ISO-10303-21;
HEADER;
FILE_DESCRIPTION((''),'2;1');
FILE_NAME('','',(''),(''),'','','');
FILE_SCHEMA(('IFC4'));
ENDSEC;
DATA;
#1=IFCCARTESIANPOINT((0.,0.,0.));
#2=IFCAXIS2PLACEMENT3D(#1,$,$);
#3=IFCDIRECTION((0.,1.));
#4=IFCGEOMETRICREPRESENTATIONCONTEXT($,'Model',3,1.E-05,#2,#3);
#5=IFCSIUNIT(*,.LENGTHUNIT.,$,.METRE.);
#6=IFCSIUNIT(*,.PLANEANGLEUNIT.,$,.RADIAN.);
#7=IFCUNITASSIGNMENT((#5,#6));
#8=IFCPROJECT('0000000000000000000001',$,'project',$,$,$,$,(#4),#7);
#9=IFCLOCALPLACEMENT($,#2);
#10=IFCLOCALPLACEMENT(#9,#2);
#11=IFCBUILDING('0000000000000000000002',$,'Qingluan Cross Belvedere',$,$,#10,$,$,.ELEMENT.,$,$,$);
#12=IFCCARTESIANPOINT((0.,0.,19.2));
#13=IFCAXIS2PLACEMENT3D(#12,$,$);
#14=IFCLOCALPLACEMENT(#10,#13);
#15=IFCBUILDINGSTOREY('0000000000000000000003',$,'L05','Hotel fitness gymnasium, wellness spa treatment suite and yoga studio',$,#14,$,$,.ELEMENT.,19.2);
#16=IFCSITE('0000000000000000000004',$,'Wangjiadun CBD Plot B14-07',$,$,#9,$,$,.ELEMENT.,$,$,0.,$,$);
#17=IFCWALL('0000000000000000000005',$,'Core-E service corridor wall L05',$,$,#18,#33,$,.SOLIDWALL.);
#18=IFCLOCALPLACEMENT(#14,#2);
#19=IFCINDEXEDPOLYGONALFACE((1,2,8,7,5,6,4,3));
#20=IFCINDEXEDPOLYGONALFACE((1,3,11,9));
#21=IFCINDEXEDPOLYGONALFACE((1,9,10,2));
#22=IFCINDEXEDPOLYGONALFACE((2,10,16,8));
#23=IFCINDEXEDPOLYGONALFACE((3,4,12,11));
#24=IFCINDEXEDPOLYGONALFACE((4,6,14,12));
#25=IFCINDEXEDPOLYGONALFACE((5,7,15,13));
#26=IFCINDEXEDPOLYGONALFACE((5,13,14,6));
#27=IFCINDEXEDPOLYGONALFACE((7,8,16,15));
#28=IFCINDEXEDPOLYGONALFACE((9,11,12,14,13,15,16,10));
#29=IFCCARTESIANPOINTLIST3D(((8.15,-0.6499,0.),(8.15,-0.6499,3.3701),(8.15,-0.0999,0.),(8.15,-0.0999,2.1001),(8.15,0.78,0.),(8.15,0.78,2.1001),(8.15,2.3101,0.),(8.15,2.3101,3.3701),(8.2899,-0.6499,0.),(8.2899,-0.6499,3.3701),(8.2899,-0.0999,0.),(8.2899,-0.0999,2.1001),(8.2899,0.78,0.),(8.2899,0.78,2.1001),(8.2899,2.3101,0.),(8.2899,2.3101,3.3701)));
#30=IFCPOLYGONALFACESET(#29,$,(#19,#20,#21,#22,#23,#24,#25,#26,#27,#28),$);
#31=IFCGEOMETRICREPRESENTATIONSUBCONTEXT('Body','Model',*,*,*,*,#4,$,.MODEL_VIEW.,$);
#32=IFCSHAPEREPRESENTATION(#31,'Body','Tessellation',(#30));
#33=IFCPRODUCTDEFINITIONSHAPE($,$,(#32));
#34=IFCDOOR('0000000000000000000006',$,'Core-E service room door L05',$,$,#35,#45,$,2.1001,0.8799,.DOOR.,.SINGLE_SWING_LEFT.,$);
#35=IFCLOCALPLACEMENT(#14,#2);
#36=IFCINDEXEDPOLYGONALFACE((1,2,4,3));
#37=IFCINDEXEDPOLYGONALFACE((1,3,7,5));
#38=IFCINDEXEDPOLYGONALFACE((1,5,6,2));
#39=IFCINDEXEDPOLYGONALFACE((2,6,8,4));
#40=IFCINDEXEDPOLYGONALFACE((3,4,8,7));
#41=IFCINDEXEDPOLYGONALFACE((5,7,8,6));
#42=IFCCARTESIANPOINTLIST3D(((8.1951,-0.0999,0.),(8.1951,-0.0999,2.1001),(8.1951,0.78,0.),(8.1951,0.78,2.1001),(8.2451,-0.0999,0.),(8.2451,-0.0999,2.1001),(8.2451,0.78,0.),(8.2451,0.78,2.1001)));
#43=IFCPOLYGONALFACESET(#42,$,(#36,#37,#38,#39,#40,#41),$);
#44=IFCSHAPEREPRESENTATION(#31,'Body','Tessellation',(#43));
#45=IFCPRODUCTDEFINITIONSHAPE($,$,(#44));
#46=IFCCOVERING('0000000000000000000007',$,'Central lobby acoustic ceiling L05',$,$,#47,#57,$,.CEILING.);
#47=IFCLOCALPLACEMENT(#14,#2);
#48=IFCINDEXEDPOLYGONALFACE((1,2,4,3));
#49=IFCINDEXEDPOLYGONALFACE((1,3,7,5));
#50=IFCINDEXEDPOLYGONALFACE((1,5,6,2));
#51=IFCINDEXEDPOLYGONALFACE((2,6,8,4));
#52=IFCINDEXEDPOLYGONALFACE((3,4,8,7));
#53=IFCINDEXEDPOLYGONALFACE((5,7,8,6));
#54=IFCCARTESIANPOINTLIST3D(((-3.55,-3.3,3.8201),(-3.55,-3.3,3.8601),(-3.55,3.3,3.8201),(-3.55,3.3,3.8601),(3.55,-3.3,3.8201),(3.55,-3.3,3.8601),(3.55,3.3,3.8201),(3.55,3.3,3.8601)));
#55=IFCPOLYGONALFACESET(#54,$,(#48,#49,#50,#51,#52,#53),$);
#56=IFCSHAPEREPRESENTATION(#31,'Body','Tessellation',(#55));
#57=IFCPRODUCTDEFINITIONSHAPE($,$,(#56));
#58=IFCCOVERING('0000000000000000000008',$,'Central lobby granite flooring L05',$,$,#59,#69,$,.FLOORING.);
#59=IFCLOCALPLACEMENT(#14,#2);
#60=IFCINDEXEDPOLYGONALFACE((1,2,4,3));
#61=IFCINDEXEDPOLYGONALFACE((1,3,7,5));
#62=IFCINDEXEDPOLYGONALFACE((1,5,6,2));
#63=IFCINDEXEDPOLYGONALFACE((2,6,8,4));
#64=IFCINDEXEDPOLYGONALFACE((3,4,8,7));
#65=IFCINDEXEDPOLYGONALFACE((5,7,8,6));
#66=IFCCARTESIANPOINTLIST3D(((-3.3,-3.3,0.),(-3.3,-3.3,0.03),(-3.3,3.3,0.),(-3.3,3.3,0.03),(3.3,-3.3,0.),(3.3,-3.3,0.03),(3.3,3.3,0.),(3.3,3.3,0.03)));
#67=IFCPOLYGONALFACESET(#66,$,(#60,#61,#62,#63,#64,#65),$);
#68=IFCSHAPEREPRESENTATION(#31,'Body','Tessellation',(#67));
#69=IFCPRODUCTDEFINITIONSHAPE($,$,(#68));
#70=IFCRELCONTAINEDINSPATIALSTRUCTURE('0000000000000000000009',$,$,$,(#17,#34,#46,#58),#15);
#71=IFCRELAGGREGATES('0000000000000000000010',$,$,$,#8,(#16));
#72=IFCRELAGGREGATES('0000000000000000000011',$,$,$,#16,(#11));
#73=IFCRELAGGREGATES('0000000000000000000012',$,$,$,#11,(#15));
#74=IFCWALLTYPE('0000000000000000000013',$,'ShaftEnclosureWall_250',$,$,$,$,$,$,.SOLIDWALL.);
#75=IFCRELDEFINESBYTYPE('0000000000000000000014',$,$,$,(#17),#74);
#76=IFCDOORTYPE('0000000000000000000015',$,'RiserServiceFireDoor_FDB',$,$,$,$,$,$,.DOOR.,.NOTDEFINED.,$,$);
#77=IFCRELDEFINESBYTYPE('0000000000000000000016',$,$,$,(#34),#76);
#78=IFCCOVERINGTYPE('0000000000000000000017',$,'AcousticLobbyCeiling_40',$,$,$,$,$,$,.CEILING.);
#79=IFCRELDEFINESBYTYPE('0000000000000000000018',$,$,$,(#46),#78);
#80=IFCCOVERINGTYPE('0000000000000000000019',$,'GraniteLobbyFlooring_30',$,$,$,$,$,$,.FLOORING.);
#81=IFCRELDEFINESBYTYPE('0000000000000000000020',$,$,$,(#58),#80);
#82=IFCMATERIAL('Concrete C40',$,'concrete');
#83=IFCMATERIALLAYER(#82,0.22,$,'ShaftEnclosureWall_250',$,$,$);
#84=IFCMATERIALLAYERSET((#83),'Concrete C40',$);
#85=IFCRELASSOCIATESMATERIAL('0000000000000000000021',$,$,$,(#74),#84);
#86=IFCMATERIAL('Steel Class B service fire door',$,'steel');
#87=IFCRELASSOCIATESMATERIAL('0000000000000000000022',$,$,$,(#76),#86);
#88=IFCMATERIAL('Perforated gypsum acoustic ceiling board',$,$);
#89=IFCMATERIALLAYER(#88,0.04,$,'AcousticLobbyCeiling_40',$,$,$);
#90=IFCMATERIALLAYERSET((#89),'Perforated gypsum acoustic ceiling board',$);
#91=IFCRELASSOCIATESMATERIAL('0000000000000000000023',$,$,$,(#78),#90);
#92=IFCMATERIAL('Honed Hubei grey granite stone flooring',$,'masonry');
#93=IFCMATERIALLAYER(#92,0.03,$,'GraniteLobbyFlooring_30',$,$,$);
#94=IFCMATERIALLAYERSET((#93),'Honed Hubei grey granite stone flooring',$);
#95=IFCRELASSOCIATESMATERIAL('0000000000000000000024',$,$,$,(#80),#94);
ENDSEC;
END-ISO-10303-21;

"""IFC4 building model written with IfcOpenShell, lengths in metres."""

from ifc_helpers import new_model, si_unit, direction, frame, frame_2d, origin, origin_with_axes, origin_2d, place, context, subcontext, project, spatial, rectangle, extrude, material, layer, layer_set, type_object, element, fill, save


model = new_model("IFC4")

# Units and contexts
model_context = context("Model", 3, precision=1e-05, world=origin(), true_north=direction((0.0, 1.0)))
body_context = subcontext(model_context, "Body", "Model", "MODEL_VIEW")
ifc_project = project(units=[si_unit("LENGTHUNIT", "METRE"), si_unit("PLANEANGLEUNIT", "RADIAN")], contexts=[model_context])

# Site, building, storey
site_placement = place(None, origin())
site = spatial("IfcSite", under=ifc_project, at=site_placement, Name="Wangjiadun CBD Plot B14-07", CompositionType="ELEMENT", RefElevation=0.0)
building_placement = place(site_placement, origin())
building = spatial("IfcBuilding", under=site, at=building_placement, Name="Qingluan Cross Belvedere", CompositionType="ELEMENT")
storey_placement = place(building_placement, frame((0.0, 0.0, 19.2)))
storey = spatial("IfcBuildingStorey", under=building, at=storey_placement, Name="L05", Description="Hotel fitness gymnasium, wellness spa treatment suite and yoga studio", CompositionType="ELEMENT", Elevation=19.2)

# Shared definitions
ifc_material_1 = material(Name="Concrete C40", Category="concrete")
ifc_layer_1 = layer(ifc_material_1, 0.22, Name="ShaftEnclosureWall_250")
ifc_layer_set_1 = layer_set([ifc_layer_1], Name="Concrete C40")
wall_type_1 = type_object("IfcWallType", Name="ShaftEnclosureWall_250", PredefinedType="SOLIDWALL", material=ifc_layer_set_1)

# Wall, opening, door
wall_1_placement = place(storey_placement, frame((8.22, -0.6499, 0.0), z_axis=(0.0, 0.0, 1.0), x_axis=(0.0, 1.0, 0.0)))
wall_1 = element("IfcWall", 1, at=wall_1_placement, inside=storey, type_object=wall_type_1, Name="Core-E service corridor wall L05", PredefinedType="SOLIDWALL", context=body_context, shape_type="SweptSolid", body=[
    extrude(rectangle(XDim=2.96, YDim=0.1399, at=frame_2d((1.48, 0.0))), origin(), (0.0, 0.0, 1.0), 3.3701),
])
opening_1_placement = place(wall_1_placement, frame((0.55, 0.0, 0.0)))
opening_1 = element("IfcOpeningElement", 2, at=opening_1_placement, cuts=wall_1, PredefinedType="OPENING", context=body_context, shape_type="SweptSolid", body=[
    extrude(rectangle(XDim=0.8799, YDim=2.1001, at=frame_2d((0.4399, 1.05))), frame((0.0, 0.0798, 0.0), z_axis=(0.0, -1.0, 0.0), x_axis=(1.0, 0.0, 0.0)), (0.0, 0.0, 1.0), 0.1599),
])
ifc_material_2 = material(Name="Steel Class B service fire door", Category="steel")
door_type_1 = type_object("IfcDoorType", Name="RiserServiceFireDoor_FDB", OperationType="NOTDEFINED", PredefinedType="DOOR", material=ifc_material_2)
door_1_placement = place(opening_1_placement, origin())
door_1 = element("IfcDoor", 3, at=door_1_placement, inside=storey, type_object=door_type_1, Name="Core-E service room door L05", OperationType="SINGLE_SWING_LEFT", OverallHeight=2.1001, OverallWidth=0.8799, PredefinedType="DOOR", context=body_context, shape_type="SweptSolid", body=[
    extrude(rectangle(XDim=0.8799, YDim=2.1001, at=frame_2d((0.4399, 1.05))), frame((0.0, 0.0249, 0.0), z_axis=(0.0, -1.0, 0.0), x_axis=(1.0, 0.0, 0.0)), (0.0, 0.0, 1.0), 0.05),
])
fill(opening_1, door_1)

# Coverings
ifc_material_3 = material(Name="Perforated gypsum acoustic ceiling board")
ifc_layer_2 = layer(ifc_material_3, 0.04, Name="AcousticLobbyCeiling_40")
ifc_layer_set_2 = layer_set([ifc_layer_2], Name="Perforated gypsum acoustic ceiling board")
covering_type_1 = type_object("IfcCoveringType", Name="AcousticLobbyCeiling_40", PredefinedType="CEILING", material=ifc_layer_set_2)
covering_1_placement = place(storey_placement, frame((0.0, 0.0, 3.8201), z_axis=(0.0, 0.0, 1.0), x_axis=(1.0, 0.0, 0.0)))
element("IfcCovering", 4, at=covering_1_placement, inside=storey, type_object=covering_type_1, Name="Central lobby acoustic ceiling L05", PredefinedType="CEILING", context=body_context, shape_type="SweptSolid", body=[
    extrude(rectangle(XDim=7.1001, YDim=6.6001, at=origin_2d()), origin(), (0.0, 0.0, 1.0), 0.04),
])
ifc_material_4 = material(Name="Honed Hubei grey granite stone flooring", Category="masonry")
ifc_layer_3 = layer(ifc_material_4, 0.03, Name="GraniteLobbyFlooring_30")
ifc_layer_set_3 = layer_set([ifc_layer_3], Name="Honed Hubei grey granite stone flooring")
covering_type_2 = type_object("IfcCoveringType", Name="GraniteLobbyFlooring_30", PredefinedType="FLOORING", material=ifc_layer_set_3)
covering_2_placement = place(storey_placement, origin_with_axes())
element("IfcCovering", 5, at=covering_2_placement, inside=storey, type_object=covering_type_2, Name="Central lobby granite flooring L05", PredefinedType="FLOORING", context=body_context, shape_type="SweptSolid", body=[
    extrude(rectangle(XDim=6.6001, YDim=6.6001, at=origin_2d()), origin(), (0.0, 0.0, 1.0), 0.03),
])

save(model, "model.ifc")
